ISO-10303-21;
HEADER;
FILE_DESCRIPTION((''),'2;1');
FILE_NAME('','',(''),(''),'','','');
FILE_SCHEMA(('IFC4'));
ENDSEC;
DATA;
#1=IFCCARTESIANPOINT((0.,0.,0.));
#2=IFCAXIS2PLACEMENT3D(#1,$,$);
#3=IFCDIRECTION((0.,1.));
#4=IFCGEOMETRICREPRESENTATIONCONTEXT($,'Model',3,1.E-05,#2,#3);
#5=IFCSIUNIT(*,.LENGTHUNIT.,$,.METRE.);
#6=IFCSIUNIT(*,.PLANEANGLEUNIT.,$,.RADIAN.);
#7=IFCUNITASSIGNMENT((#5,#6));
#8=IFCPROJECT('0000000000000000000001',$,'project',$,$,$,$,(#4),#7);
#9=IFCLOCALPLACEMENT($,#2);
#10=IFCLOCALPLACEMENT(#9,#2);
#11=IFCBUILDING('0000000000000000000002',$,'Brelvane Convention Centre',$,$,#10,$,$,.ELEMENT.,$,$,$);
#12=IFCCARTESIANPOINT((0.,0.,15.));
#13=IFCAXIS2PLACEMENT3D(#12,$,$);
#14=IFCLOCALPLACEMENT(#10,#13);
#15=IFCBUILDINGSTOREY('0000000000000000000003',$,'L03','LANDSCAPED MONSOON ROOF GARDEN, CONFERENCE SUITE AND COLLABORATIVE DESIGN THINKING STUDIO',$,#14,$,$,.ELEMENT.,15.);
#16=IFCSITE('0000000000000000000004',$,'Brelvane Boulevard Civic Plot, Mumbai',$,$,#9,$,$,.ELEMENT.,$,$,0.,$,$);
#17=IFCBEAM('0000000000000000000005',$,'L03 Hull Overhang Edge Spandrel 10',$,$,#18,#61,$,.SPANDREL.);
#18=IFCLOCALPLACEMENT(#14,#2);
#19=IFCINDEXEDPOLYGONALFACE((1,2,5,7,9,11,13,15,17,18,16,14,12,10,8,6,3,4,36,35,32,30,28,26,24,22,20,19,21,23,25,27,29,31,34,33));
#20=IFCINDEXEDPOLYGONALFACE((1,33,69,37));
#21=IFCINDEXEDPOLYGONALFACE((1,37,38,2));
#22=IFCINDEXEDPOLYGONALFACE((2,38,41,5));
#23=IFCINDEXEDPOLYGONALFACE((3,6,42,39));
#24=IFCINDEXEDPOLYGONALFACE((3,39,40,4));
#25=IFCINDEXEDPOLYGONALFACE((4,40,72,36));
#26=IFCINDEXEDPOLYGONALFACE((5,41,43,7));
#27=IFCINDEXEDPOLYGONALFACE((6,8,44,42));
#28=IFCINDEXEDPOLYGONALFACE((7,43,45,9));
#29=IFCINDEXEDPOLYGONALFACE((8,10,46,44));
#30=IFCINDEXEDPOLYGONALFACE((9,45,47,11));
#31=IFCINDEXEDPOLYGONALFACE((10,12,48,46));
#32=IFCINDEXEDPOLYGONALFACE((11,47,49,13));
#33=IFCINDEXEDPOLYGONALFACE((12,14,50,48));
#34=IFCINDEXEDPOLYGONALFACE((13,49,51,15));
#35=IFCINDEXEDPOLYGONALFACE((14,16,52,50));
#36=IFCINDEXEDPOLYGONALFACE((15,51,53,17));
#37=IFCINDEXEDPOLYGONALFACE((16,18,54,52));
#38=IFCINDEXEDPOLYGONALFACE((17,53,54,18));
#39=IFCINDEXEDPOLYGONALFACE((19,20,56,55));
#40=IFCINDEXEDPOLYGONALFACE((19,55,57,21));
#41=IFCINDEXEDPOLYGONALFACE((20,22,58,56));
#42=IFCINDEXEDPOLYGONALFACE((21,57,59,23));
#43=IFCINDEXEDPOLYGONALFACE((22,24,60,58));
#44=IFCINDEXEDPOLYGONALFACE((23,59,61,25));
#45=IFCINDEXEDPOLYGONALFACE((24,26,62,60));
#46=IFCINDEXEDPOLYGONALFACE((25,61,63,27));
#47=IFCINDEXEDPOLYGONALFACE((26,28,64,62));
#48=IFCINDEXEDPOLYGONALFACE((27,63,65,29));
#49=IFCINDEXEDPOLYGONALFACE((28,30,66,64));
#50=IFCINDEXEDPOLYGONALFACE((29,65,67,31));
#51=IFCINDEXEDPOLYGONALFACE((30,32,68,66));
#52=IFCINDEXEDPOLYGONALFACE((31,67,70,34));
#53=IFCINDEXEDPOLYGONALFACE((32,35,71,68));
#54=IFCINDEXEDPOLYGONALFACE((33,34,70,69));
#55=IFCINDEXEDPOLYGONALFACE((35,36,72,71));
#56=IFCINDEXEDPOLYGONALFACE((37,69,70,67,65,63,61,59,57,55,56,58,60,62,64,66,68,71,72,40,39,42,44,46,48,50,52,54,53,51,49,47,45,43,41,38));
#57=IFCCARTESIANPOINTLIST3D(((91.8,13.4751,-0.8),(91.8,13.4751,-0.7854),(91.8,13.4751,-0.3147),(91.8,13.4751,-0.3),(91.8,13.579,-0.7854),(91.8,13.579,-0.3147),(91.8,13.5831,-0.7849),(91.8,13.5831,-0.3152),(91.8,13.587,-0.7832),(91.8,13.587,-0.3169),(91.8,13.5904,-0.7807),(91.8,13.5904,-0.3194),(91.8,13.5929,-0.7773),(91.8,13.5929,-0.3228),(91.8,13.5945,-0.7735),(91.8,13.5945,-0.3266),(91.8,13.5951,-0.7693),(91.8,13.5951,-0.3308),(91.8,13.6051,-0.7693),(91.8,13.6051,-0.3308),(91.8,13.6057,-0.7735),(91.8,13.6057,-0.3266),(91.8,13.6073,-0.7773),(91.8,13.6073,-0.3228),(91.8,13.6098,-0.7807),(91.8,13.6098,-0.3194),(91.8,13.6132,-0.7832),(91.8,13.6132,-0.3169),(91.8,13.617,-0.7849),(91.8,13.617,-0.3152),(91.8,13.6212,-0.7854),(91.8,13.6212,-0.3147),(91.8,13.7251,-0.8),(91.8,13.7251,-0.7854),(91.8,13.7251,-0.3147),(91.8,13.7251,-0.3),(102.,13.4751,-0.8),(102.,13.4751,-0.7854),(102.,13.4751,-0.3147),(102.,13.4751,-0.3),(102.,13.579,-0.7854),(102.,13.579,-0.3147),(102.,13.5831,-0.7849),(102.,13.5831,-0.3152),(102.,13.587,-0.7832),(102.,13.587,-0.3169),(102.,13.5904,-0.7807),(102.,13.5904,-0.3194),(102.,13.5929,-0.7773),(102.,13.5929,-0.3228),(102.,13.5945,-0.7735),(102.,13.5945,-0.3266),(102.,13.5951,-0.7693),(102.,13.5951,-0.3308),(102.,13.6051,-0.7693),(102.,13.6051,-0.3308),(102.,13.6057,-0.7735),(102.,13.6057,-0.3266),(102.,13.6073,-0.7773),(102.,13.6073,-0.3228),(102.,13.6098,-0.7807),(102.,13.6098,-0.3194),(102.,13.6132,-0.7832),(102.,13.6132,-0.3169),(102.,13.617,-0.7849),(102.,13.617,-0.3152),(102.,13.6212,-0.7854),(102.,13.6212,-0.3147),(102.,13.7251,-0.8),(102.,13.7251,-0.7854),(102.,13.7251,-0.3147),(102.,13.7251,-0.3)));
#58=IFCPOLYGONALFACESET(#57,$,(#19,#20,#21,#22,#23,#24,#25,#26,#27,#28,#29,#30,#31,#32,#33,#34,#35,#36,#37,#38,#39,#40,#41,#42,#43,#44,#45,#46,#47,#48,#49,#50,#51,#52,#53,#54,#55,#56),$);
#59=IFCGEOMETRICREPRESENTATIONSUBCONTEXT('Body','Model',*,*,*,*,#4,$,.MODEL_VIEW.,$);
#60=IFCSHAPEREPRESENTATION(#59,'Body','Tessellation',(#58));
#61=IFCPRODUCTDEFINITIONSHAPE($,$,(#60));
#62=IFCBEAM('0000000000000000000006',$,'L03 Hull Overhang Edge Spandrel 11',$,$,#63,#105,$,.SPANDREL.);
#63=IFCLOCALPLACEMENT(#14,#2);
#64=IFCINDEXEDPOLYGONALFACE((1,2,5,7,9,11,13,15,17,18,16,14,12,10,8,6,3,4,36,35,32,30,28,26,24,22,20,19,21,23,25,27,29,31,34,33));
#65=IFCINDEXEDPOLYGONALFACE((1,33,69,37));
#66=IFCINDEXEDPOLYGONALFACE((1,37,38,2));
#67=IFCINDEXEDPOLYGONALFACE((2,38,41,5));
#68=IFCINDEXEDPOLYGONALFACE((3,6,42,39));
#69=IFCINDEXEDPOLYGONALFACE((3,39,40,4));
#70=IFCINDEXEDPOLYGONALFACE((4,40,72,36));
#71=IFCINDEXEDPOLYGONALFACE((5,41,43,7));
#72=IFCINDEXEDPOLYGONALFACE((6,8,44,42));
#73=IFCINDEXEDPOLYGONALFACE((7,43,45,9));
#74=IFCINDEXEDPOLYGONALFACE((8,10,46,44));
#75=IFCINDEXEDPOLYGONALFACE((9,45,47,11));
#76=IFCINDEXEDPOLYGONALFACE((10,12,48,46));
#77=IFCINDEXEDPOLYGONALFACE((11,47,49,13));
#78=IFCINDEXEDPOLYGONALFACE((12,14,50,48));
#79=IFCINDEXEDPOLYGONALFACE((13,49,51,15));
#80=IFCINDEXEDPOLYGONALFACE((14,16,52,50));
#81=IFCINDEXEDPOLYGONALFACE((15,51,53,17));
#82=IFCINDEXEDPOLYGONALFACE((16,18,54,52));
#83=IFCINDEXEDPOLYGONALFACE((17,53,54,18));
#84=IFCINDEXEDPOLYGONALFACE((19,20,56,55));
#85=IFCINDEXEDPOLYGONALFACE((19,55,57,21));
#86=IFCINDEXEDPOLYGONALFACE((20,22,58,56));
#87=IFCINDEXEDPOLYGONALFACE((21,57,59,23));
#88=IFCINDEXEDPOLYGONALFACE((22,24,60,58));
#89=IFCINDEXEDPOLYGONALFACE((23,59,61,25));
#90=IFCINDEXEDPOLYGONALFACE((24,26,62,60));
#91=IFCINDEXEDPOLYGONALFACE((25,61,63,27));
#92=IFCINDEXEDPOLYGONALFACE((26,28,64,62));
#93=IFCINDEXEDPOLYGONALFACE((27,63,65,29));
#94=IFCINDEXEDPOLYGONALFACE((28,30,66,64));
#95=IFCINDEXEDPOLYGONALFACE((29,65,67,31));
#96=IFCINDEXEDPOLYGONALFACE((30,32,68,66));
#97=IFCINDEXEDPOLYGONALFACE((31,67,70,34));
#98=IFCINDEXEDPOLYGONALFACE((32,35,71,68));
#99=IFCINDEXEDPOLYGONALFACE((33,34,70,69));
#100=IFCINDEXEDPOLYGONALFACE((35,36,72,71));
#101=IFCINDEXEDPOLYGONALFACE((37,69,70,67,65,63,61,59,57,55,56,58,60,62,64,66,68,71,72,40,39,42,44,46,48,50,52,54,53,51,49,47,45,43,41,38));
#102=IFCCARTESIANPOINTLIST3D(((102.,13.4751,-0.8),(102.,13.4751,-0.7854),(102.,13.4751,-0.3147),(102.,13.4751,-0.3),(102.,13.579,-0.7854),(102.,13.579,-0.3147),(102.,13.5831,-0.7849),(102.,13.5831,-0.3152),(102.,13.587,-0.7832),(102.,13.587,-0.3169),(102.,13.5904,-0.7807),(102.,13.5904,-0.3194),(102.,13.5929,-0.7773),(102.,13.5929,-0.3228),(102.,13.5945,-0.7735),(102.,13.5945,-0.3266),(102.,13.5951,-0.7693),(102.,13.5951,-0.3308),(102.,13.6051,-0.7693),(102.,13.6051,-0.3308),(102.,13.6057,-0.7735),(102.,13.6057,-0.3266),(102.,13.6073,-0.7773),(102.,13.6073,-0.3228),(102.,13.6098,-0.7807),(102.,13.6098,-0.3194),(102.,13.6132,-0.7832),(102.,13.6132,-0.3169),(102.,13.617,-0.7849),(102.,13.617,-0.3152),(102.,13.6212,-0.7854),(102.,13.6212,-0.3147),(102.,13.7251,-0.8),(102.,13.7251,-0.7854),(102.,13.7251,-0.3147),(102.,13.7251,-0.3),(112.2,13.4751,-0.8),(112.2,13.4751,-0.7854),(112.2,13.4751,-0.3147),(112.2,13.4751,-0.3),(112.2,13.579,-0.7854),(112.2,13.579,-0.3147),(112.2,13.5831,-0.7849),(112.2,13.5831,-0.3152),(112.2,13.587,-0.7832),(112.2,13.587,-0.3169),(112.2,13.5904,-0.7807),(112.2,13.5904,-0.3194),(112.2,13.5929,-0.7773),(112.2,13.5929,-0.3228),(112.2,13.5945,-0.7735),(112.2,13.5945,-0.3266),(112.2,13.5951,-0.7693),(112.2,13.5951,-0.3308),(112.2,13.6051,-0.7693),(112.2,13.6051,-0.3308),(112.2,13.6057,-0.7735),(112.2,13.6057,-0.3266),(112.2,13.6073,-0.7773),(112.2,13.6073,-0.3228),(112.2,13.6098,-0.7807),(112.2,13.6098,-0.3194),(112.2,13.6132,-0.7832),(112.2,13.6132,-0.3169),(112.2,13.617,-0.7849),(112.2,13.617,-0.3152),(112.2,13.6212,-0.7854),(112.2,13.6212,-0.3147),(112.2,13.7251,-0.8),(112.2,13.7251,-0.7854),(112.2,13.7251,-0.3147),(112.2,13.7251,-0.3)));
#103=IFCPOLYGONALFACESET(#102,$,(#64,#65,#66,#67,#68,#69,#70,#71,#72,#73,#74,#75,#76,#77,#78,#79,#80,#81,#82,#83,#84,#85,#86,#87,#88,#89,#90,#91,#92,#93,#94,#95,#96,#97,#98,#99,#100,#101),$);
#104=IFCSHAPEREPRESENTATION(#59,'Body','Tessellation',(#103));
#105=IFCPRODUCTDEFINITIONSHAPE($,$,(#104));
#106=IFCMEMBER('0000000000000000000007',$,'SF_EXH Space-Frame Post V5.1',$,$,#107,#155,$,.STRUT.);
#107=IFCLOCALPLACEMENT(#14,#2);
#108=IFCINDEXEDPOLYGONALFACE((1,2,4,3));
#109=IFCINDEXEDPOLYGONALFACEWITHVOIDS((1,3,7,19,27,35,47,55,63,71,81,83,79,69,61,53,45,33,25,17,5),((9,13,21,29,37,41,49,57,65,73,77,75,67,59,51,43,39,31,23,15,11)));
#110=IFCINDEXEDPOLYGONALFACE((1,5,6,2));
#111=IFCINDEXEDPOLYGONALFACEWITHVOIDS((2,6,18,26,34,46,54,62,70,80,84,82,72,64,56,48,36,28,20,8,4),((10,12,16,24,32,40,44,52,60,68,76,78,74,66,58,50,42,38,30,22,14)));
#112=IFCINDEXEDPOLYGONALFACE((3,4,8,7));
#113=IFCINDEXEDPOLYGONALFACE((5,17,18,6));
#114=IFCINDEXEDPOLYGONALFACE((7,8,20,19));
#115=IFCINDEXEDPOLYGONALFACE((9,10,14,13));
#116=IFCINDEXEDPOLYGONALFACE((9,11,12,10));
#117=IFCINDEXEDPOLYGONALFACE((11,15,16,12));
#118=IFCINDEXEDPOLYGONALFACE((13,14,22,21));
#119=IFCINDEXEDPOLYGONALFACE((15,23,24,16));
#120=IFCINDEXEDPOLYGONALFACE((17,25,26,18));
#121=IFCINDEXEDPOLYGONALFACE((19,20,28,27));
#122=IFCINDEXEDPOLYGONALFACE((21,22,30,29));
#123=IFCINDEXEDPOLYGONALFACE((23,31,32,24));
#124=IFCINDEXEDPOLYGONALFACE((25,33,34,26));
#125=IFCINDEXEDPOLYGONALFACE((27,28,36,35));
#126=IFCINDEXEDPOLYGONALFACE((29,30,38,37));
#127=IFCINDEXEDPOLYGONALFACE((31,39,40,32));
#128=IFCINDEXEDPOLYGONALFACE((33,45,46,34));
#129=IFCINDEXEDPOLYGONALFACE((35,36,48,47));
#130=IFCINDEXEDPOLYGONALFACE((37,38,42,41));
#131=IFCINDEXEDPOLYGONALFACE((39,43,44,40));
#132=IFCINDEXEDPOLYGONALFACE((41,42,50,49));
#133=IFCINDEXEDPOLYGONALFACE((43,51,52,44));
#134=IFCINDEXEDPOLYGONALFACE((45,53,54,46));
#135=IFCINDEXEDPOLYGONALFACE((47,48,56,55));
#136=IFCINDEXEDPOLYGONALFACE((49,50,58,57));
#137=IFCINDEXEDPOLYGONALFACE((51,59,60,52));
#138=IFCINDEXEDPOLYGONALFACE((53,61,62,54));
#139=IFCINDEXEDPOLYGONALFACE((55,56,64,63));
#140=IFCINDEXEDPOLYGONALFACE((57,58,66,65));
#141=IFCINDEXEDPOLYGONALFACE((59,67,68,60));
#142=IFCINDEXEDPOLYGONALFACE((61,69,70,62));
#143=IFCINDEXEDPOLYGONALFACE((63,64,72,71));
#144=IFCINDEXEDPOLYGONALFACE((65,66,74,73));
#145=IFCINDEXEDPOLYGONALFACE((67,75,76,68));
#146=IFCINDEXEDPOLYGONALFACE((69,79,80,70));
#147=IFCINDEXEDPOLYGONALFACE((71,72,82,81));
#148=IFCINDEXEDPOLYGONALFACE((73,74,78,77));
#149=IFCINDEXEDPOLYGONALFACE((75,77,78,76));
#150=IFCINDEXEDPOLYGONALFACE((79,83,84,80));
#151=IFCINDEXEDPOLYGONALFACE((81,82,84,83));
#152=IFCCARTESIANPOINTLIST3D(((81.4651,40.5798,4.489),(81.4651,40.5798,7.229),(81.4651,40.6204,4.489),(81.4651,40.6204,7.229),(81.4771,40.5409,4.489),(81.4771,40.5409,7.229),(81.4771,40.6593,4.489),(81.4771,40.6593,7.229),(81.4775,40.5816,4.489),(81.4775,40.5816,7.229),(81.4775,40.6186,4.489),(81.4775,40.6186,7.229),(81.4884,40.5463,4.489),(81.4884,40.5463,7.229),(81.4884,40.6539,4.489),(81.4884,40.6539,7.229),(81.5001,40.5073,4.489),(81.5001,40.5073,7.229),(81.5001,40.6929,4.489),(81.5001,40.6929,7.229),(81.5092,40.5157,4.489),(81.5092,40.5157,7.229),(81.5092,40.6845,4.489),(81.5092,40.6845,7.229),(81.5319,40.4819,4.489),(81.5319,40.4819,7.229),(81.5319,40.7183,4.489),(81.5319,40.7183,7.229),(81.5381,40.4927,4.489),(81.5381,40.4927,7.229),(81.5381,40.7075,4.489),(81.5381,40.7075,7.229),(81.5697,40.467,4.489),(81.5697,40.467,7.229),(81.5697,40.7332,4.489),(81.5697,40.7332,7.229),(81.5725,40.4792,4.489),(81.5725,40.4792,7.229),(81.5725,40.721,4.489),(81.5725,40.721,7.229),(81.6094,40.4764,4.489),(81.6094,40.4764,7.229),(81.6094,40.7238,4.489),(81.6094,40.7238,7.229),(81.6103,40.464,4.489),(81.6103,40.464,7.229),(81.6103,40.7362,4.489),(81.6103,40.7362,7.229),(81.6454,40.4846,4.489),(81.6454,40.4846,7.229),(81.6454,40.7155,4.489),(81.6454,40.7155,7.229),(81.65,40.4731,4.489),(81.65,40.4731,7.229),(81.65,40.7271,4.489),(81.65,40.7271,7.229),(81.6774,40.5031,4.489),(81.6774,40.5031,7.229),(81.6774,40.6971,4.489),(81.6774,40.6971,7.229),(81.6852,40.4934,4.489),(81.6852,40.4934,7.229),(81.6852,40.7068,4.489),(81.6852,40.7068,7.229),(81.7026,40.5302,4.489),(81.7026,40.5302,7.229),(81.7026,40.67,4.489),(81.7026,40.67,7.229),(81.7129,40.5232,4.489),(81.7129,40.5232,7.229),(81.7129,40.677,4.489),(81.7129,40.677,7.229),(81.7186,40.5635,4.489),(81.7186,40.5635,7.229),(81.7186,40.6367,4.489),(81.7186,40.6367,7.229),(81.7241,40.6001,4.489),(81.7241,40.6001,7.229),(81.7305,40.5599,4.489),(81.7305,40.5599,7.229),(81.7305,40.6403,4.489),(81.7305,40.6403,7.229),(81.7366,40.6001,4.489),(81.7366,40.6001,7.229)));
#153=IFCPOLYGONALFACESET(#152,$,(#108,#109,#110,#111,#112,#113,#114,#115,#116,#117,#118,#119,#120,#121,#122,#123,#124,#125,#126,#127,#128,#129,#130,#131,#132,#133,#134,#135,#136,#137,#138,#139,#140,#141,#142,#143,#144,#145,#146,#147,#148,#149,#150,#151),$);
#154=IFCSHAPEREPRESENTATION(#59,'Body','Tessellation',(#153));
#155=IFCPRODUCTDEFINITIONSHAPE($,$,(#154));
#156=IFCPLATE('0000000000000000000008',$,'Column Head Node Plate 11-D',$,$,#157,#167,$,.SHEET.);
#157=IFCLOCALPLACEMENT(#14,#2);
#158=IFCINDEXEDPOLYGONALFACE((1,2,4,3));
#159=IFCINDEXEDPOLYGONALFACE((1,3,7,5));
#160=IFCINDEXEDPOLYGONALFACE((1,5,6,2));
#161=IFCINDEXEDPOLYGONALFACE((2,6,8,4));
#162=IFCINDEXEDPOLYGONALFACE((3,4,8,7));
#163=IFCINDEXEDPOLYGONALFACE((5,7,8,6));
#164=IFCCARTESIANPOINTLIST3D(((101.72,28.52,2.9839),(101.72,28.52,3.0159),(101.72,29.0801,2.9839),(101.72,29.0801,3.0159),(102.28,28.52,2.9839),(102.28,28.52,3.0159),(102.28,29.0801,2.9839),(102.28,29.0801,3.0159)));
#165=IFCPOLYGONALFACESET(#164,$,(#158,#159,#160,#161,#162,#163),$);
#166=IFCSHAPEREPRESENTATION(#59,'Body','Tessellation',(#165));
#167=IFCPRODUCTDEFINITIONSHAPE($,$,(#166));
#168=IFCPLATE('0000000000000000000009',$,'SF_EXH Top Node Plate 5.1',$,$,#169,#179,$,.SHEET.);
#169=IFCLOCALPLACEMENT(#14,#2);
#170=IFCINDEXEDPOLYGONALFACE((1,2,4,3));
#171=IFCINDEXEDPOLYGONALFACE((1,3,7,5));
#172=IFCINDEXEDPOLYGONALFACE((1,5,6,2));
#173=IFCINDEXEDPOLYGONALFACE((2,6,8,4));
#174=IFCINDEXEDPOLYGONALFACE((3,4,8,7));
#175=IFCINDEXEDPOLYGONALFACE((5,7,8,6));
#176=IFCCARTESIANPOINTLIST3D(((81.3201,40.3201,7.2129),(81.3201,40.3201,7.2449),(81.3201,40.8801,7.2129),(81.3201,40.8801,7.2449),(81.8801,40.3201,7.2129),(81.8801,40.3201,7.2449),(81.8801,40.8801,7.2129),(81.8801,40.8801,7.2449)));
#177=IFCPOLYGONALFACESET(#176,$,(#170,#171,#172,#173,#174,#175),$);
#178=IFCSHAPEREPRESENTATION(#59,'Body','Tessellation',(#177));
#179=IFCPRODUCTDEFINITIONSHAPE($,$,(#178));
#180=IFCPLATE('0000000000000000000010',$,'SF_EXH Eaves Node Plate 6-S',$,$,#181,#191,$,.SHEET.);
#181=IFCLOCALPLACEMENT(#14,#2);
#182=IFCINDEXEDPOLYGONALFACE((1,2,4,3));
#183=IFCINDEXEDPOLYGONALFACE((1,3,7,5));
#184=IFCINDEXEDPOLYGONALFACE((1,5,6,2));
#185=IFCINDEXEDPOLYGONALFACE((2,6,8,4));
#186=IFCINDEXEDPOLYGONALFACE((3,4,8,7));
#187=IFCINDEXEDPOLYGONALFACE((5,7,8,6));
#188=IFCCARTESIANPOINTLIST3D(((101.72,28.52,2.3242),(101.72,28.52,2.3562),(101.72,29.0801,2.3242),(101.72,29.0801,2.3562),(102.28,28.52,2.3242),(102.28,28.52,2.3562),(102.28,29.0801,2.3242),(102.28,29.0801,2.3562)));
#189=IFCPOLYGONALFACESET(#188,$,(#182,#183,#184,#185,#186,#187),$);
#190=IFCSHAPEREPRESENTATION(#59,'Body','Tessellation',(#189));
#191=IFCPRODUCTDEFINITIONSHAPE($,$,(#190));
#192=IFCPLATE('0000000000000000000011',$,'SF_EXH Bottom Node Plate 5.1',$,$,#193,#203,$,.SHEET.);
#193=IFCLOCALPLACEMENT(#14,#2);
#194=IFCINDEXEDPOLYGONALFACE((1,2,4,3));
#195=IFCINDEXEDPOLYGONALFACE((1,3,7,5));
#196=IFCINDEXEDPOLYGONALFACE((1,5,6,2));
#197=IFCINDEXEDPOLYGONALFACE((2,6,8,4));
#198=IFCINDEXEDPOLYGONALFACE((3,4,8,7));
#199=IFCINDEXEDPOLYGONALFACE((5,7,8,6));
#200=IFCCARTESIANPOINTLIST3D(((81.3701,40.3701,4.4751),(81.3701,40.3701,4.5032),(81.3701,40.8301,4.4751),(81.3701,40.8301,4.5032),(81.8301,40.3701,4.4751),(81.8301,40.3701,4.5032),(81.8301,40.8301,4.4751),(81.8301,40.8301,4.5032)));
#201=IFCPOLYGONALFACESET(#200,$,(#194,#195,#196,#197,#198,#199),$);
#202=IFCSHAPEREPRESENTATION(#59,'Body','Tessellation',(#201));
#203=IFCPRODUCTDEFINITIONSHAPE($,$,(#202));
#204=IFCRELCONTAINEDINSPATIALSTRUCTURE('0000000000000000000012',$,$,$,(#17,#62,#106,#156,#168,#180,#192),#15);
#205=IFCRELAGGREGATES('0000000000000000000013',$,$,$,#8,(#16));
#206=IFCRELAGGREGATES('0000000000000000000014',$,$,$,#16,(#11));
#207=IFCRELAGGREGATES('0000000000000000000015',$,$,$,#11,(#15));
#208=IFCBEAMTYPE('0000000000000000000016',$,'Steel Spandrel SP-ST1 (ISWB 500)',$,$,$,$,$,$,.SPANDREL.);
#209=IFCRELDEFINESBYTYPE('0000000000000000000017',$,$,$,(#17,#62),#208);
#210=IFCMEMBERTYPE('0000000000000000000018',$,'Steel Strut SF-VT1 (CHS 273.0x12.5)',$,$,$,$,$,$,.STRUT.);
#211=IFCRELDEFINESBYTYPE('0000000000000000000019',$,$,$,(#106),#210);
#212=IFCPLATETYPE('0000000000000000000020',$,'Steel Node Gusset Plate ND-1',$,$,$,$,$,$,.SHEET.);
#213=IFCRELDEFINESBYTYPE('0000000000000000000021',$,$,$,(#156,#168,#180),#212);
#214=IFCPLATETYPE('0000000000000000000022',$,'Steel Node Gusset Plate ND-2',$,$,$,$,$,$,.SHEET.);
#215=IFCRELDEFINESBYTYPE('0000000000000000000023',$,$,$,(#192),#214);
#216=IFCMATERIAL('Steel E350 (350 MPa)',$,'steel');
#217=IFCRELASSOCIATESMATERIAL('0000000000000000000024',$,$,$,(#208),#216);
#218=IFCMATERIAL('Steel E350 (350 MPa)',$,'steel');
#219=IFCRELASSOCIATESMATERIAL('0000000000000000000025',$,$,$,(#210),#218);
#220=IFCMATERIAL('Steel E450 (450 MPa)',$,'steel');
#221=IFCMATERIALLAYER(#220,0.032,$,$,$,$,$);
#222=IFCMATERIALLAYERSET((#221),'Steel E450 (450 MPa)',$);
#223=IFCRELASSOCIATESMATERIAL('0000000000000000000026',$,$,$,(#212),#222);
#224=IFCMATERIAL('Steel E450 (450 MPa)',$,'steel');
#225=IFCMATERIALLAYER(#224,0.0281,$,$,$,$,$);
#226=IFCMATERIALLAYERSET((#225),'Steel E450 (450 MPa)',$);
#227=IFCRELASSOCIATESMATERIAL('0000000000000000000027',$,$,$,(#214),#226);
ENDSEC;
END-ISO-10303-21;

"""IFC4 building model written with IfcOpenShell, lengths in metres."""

from ifc_helpers import new_model, si_unit, direction, frame, origin, origin_2d, place, context, subcontext, project, spatial, rectangle, hollow_circle, i_section, extrude, material, layer, layer_set, material_profile, profile_set, type_object, element, save


model = new_model("IFC4")

# Units and contexts
model_context = context("Model", 3, precision=1e-05, world=origin(), true_north=direction((0.0, 1.0)))
body_context = subcontext(model_context, "Body", "Model", "MODEL_VIEW")
ifc_project = project(units=[si_unit("LENGTHUNIT", "METRE"), si_unit("PLANEANGLEUNIT", "RADIAN")], contexts=[model_context])

# Site, building, storey
site_placement = place(None, origin())
site = spatial("IfcSite", under=ifc_project, at=site_placement, Name="Brelvane Boulevard Civic Plot, Mumbai", CompositionType="ELEMENT", RefElevation=0.0)
building_placement = place(site_placement, origin())
building = spatial("IfcBuilding", under=site, at=building_placement, Name="Brelvane Convention Centre", CompositionType="ELEMENT")
storey_placement = place(building_placement, frame((0.0, 0.0, 15.0)))
storey = spatial("IfcBuildingStorey", under=building, at=storey_placement, Name="L03", Description="LANDSCAPED MONSOON ROOF GARDEN, CONFERENCE SUITE AND COLLABORATIVE DESIGN THINKING STUDIO", CompositionType="ELEMENT", Elevation=15.0)

# Beams
ifc_material_1 = material(Name="Steel E350 (350 MPa)", Category="steel")
ifc_material_profile_1 = material_profile(ifc_material_1, i_section(OverallWidth=0.25, OverallDepth=0.5, WebThickness=0.01, FlangeThickness=0.0146, FilletRadius=0.0161, at=origin_2d()), Name="ISWB 500")
ifc_profile_set_1 = profile_set([ifc_material_profile_1], Name="Steel E350 (350 MPa)")
beam_type_1 = type_object("IfcBeamType", Name="Steel Spandrel SP-ST1 (ISWB 500)", PredefinedType="SPANDREL", material=ifc_profile_set_1)
for number, where, z_axis, x_axis, name in (
    (1, (91.8, 13.6001, -0.55), (1.0, 0.0, 0.0), (0.0, 1.0, 0.0), "L03 Hull Overhang Edge Spandrel 10"),
    (2, (102.0, 13.6001, -0.55), (1.0, 0.0, 0.0), (0.0, 1.0, 0.0), "L03 Hull Overhang Edge Spandrel 11"),
):
    element("IfcBeam", number, at=place(storey_placement, frame(where, z_axis=z_axis, x_axis=x_axis)), inside=storey, type_object=beam_type_1, Name=name, PredefinedType="SPANDREL", context=body_context, shape_type="SweptSolid", body=[
        extrude(i_section(OverallWidth=0.25, OverallDepth=0.5, WebThickness=0.01, FlangeThickness=0.0146, FilletRadius=0.0161, at=origin_2d()), origin(), (0.0, 0.0, 1.0), 10.2),
    ])

# Member
ifc_material_2 = material(Name="Steel E350 (350 MPa)", Category="steel")
ifc_material_profile_2 = material_profile(ifc_material_2, hollow_circle(Radius=0.1365, WallThickness=0.0125, at=origin_2d()), Name="CHS 273.0x12.5")
ifc_profile_set_2 = profile_set([ifc_material_profile_2], Name="Steel E350 (350 MPa)")
member_type_1 = type_object("IfcMemberType", Name="Steel Strut SF-VT1 (CHS 273.0x12.5)", PredefinedType="STRUT", material=ifc_profile_set_2)
member_1_placement = place(storey_placement, frame((81.6001, 40.6001, 4.489), z_axis=(0.0, 0.0, 1.0), x_axis=(1.0, 0.0, 0.0)))
element("IfcMember", 3, at=member_1_placement, inside=storey, type_object=member_type_1, Name="SF_EXH Space-Frame Post V5.1", PredefinedType="STRUT", context=body_context, shape_type="SweptSolid", body=[
    extrude(hollow_circle(Radius=0.1365, WallThickness=0.0125, at=origin_2d()), origin(), (0.0, 0.0, 1.0), 2.74),
])

# Plates
ifc_material_3 = material(Name="Steel E450 (450 MPa)", Category="steel")
ifc_layer_1 = layer(ifc_material_3, 0.032)
ifc_layer_set_1 = layer_set([ifc_layer_1], Name="Steel E450 (450 MPa)")
plate_type_1 = type_object("IfcPlateType", Name="Steel Node Gusset Plate ND-1", PredefinedType="SHEET", material=ifc_layer_set_1)
for number, where, z_axis, x_axis, name in (
    (4, (102.0, 28.8, 2.9839), (0.0, 0.0, 1.0), (1.0, 0.0, 0.0), "Column Head Node Plate 11-D"),
    (5, (81.6001, 40.6001, 7.2129), (0.0, 0.0, 1.0), (1.0, 0.0, 0.0), "SF_EXH Top Node Plate 5.1"),
    (6, (102.0, 28.8, 2.3242), (0.0, 0.0, 1.0), (1.0, 0.0, 0.0), "SF_EXH Eaves Node Plate 6-S"),
):
    element("IfcPlate", number, at=place(storey_placement, frame(where, z_axis=z_axis, x_axis=x_axis)), inside=storey, type_object=plate_type_1, Name=name, PredefinedType="SHEET", context=body_context, shape_type="SweptSolid", body=[
        extrude(rectangle(XDim=0.5601, YDim=0.5601, at=origin_2d()), origin(), (0.0, 0.0, 1.0), 0.032),
    ])
ifc_material_4 = material(Name="Steel E450 (450 MPa)", Category="steel")
ifc_layer_2 = layer(ifc_material_4, 0.0281)
ifc_layer_set_2 = layer_set([ifc_layer_2], Name="Steel E450 (450 MPa)")
plate_type_2 = type_object("IfcPlateType", Name="Steel Node Gusset Plate ND-2", PredefinedType="SHEET", material=ifc_layer_set_2)
plate_placement = place(storey_placement, frame((81.6001, 40.6001, 4.4751), z_axis=(0.0, 0.0, 1.0), x_axis=(1.0, 0.0, 0.0)))
element("IfcPlate", 7, at=plate_placement, inside=storey, type_object=plate_type_2, Name="SF_EXH Bottom Node Plate 5.1", PredefinedType="SHEET", context=body_context, shape_type="SweptSolid", body=[
    extrude(rectangle(XDim=0.46, YDim=0.46, at=origin_2d()), origin(), (0.0, 0.0, 1.0), 0.0281),
])

save(model, "model.ifc")
